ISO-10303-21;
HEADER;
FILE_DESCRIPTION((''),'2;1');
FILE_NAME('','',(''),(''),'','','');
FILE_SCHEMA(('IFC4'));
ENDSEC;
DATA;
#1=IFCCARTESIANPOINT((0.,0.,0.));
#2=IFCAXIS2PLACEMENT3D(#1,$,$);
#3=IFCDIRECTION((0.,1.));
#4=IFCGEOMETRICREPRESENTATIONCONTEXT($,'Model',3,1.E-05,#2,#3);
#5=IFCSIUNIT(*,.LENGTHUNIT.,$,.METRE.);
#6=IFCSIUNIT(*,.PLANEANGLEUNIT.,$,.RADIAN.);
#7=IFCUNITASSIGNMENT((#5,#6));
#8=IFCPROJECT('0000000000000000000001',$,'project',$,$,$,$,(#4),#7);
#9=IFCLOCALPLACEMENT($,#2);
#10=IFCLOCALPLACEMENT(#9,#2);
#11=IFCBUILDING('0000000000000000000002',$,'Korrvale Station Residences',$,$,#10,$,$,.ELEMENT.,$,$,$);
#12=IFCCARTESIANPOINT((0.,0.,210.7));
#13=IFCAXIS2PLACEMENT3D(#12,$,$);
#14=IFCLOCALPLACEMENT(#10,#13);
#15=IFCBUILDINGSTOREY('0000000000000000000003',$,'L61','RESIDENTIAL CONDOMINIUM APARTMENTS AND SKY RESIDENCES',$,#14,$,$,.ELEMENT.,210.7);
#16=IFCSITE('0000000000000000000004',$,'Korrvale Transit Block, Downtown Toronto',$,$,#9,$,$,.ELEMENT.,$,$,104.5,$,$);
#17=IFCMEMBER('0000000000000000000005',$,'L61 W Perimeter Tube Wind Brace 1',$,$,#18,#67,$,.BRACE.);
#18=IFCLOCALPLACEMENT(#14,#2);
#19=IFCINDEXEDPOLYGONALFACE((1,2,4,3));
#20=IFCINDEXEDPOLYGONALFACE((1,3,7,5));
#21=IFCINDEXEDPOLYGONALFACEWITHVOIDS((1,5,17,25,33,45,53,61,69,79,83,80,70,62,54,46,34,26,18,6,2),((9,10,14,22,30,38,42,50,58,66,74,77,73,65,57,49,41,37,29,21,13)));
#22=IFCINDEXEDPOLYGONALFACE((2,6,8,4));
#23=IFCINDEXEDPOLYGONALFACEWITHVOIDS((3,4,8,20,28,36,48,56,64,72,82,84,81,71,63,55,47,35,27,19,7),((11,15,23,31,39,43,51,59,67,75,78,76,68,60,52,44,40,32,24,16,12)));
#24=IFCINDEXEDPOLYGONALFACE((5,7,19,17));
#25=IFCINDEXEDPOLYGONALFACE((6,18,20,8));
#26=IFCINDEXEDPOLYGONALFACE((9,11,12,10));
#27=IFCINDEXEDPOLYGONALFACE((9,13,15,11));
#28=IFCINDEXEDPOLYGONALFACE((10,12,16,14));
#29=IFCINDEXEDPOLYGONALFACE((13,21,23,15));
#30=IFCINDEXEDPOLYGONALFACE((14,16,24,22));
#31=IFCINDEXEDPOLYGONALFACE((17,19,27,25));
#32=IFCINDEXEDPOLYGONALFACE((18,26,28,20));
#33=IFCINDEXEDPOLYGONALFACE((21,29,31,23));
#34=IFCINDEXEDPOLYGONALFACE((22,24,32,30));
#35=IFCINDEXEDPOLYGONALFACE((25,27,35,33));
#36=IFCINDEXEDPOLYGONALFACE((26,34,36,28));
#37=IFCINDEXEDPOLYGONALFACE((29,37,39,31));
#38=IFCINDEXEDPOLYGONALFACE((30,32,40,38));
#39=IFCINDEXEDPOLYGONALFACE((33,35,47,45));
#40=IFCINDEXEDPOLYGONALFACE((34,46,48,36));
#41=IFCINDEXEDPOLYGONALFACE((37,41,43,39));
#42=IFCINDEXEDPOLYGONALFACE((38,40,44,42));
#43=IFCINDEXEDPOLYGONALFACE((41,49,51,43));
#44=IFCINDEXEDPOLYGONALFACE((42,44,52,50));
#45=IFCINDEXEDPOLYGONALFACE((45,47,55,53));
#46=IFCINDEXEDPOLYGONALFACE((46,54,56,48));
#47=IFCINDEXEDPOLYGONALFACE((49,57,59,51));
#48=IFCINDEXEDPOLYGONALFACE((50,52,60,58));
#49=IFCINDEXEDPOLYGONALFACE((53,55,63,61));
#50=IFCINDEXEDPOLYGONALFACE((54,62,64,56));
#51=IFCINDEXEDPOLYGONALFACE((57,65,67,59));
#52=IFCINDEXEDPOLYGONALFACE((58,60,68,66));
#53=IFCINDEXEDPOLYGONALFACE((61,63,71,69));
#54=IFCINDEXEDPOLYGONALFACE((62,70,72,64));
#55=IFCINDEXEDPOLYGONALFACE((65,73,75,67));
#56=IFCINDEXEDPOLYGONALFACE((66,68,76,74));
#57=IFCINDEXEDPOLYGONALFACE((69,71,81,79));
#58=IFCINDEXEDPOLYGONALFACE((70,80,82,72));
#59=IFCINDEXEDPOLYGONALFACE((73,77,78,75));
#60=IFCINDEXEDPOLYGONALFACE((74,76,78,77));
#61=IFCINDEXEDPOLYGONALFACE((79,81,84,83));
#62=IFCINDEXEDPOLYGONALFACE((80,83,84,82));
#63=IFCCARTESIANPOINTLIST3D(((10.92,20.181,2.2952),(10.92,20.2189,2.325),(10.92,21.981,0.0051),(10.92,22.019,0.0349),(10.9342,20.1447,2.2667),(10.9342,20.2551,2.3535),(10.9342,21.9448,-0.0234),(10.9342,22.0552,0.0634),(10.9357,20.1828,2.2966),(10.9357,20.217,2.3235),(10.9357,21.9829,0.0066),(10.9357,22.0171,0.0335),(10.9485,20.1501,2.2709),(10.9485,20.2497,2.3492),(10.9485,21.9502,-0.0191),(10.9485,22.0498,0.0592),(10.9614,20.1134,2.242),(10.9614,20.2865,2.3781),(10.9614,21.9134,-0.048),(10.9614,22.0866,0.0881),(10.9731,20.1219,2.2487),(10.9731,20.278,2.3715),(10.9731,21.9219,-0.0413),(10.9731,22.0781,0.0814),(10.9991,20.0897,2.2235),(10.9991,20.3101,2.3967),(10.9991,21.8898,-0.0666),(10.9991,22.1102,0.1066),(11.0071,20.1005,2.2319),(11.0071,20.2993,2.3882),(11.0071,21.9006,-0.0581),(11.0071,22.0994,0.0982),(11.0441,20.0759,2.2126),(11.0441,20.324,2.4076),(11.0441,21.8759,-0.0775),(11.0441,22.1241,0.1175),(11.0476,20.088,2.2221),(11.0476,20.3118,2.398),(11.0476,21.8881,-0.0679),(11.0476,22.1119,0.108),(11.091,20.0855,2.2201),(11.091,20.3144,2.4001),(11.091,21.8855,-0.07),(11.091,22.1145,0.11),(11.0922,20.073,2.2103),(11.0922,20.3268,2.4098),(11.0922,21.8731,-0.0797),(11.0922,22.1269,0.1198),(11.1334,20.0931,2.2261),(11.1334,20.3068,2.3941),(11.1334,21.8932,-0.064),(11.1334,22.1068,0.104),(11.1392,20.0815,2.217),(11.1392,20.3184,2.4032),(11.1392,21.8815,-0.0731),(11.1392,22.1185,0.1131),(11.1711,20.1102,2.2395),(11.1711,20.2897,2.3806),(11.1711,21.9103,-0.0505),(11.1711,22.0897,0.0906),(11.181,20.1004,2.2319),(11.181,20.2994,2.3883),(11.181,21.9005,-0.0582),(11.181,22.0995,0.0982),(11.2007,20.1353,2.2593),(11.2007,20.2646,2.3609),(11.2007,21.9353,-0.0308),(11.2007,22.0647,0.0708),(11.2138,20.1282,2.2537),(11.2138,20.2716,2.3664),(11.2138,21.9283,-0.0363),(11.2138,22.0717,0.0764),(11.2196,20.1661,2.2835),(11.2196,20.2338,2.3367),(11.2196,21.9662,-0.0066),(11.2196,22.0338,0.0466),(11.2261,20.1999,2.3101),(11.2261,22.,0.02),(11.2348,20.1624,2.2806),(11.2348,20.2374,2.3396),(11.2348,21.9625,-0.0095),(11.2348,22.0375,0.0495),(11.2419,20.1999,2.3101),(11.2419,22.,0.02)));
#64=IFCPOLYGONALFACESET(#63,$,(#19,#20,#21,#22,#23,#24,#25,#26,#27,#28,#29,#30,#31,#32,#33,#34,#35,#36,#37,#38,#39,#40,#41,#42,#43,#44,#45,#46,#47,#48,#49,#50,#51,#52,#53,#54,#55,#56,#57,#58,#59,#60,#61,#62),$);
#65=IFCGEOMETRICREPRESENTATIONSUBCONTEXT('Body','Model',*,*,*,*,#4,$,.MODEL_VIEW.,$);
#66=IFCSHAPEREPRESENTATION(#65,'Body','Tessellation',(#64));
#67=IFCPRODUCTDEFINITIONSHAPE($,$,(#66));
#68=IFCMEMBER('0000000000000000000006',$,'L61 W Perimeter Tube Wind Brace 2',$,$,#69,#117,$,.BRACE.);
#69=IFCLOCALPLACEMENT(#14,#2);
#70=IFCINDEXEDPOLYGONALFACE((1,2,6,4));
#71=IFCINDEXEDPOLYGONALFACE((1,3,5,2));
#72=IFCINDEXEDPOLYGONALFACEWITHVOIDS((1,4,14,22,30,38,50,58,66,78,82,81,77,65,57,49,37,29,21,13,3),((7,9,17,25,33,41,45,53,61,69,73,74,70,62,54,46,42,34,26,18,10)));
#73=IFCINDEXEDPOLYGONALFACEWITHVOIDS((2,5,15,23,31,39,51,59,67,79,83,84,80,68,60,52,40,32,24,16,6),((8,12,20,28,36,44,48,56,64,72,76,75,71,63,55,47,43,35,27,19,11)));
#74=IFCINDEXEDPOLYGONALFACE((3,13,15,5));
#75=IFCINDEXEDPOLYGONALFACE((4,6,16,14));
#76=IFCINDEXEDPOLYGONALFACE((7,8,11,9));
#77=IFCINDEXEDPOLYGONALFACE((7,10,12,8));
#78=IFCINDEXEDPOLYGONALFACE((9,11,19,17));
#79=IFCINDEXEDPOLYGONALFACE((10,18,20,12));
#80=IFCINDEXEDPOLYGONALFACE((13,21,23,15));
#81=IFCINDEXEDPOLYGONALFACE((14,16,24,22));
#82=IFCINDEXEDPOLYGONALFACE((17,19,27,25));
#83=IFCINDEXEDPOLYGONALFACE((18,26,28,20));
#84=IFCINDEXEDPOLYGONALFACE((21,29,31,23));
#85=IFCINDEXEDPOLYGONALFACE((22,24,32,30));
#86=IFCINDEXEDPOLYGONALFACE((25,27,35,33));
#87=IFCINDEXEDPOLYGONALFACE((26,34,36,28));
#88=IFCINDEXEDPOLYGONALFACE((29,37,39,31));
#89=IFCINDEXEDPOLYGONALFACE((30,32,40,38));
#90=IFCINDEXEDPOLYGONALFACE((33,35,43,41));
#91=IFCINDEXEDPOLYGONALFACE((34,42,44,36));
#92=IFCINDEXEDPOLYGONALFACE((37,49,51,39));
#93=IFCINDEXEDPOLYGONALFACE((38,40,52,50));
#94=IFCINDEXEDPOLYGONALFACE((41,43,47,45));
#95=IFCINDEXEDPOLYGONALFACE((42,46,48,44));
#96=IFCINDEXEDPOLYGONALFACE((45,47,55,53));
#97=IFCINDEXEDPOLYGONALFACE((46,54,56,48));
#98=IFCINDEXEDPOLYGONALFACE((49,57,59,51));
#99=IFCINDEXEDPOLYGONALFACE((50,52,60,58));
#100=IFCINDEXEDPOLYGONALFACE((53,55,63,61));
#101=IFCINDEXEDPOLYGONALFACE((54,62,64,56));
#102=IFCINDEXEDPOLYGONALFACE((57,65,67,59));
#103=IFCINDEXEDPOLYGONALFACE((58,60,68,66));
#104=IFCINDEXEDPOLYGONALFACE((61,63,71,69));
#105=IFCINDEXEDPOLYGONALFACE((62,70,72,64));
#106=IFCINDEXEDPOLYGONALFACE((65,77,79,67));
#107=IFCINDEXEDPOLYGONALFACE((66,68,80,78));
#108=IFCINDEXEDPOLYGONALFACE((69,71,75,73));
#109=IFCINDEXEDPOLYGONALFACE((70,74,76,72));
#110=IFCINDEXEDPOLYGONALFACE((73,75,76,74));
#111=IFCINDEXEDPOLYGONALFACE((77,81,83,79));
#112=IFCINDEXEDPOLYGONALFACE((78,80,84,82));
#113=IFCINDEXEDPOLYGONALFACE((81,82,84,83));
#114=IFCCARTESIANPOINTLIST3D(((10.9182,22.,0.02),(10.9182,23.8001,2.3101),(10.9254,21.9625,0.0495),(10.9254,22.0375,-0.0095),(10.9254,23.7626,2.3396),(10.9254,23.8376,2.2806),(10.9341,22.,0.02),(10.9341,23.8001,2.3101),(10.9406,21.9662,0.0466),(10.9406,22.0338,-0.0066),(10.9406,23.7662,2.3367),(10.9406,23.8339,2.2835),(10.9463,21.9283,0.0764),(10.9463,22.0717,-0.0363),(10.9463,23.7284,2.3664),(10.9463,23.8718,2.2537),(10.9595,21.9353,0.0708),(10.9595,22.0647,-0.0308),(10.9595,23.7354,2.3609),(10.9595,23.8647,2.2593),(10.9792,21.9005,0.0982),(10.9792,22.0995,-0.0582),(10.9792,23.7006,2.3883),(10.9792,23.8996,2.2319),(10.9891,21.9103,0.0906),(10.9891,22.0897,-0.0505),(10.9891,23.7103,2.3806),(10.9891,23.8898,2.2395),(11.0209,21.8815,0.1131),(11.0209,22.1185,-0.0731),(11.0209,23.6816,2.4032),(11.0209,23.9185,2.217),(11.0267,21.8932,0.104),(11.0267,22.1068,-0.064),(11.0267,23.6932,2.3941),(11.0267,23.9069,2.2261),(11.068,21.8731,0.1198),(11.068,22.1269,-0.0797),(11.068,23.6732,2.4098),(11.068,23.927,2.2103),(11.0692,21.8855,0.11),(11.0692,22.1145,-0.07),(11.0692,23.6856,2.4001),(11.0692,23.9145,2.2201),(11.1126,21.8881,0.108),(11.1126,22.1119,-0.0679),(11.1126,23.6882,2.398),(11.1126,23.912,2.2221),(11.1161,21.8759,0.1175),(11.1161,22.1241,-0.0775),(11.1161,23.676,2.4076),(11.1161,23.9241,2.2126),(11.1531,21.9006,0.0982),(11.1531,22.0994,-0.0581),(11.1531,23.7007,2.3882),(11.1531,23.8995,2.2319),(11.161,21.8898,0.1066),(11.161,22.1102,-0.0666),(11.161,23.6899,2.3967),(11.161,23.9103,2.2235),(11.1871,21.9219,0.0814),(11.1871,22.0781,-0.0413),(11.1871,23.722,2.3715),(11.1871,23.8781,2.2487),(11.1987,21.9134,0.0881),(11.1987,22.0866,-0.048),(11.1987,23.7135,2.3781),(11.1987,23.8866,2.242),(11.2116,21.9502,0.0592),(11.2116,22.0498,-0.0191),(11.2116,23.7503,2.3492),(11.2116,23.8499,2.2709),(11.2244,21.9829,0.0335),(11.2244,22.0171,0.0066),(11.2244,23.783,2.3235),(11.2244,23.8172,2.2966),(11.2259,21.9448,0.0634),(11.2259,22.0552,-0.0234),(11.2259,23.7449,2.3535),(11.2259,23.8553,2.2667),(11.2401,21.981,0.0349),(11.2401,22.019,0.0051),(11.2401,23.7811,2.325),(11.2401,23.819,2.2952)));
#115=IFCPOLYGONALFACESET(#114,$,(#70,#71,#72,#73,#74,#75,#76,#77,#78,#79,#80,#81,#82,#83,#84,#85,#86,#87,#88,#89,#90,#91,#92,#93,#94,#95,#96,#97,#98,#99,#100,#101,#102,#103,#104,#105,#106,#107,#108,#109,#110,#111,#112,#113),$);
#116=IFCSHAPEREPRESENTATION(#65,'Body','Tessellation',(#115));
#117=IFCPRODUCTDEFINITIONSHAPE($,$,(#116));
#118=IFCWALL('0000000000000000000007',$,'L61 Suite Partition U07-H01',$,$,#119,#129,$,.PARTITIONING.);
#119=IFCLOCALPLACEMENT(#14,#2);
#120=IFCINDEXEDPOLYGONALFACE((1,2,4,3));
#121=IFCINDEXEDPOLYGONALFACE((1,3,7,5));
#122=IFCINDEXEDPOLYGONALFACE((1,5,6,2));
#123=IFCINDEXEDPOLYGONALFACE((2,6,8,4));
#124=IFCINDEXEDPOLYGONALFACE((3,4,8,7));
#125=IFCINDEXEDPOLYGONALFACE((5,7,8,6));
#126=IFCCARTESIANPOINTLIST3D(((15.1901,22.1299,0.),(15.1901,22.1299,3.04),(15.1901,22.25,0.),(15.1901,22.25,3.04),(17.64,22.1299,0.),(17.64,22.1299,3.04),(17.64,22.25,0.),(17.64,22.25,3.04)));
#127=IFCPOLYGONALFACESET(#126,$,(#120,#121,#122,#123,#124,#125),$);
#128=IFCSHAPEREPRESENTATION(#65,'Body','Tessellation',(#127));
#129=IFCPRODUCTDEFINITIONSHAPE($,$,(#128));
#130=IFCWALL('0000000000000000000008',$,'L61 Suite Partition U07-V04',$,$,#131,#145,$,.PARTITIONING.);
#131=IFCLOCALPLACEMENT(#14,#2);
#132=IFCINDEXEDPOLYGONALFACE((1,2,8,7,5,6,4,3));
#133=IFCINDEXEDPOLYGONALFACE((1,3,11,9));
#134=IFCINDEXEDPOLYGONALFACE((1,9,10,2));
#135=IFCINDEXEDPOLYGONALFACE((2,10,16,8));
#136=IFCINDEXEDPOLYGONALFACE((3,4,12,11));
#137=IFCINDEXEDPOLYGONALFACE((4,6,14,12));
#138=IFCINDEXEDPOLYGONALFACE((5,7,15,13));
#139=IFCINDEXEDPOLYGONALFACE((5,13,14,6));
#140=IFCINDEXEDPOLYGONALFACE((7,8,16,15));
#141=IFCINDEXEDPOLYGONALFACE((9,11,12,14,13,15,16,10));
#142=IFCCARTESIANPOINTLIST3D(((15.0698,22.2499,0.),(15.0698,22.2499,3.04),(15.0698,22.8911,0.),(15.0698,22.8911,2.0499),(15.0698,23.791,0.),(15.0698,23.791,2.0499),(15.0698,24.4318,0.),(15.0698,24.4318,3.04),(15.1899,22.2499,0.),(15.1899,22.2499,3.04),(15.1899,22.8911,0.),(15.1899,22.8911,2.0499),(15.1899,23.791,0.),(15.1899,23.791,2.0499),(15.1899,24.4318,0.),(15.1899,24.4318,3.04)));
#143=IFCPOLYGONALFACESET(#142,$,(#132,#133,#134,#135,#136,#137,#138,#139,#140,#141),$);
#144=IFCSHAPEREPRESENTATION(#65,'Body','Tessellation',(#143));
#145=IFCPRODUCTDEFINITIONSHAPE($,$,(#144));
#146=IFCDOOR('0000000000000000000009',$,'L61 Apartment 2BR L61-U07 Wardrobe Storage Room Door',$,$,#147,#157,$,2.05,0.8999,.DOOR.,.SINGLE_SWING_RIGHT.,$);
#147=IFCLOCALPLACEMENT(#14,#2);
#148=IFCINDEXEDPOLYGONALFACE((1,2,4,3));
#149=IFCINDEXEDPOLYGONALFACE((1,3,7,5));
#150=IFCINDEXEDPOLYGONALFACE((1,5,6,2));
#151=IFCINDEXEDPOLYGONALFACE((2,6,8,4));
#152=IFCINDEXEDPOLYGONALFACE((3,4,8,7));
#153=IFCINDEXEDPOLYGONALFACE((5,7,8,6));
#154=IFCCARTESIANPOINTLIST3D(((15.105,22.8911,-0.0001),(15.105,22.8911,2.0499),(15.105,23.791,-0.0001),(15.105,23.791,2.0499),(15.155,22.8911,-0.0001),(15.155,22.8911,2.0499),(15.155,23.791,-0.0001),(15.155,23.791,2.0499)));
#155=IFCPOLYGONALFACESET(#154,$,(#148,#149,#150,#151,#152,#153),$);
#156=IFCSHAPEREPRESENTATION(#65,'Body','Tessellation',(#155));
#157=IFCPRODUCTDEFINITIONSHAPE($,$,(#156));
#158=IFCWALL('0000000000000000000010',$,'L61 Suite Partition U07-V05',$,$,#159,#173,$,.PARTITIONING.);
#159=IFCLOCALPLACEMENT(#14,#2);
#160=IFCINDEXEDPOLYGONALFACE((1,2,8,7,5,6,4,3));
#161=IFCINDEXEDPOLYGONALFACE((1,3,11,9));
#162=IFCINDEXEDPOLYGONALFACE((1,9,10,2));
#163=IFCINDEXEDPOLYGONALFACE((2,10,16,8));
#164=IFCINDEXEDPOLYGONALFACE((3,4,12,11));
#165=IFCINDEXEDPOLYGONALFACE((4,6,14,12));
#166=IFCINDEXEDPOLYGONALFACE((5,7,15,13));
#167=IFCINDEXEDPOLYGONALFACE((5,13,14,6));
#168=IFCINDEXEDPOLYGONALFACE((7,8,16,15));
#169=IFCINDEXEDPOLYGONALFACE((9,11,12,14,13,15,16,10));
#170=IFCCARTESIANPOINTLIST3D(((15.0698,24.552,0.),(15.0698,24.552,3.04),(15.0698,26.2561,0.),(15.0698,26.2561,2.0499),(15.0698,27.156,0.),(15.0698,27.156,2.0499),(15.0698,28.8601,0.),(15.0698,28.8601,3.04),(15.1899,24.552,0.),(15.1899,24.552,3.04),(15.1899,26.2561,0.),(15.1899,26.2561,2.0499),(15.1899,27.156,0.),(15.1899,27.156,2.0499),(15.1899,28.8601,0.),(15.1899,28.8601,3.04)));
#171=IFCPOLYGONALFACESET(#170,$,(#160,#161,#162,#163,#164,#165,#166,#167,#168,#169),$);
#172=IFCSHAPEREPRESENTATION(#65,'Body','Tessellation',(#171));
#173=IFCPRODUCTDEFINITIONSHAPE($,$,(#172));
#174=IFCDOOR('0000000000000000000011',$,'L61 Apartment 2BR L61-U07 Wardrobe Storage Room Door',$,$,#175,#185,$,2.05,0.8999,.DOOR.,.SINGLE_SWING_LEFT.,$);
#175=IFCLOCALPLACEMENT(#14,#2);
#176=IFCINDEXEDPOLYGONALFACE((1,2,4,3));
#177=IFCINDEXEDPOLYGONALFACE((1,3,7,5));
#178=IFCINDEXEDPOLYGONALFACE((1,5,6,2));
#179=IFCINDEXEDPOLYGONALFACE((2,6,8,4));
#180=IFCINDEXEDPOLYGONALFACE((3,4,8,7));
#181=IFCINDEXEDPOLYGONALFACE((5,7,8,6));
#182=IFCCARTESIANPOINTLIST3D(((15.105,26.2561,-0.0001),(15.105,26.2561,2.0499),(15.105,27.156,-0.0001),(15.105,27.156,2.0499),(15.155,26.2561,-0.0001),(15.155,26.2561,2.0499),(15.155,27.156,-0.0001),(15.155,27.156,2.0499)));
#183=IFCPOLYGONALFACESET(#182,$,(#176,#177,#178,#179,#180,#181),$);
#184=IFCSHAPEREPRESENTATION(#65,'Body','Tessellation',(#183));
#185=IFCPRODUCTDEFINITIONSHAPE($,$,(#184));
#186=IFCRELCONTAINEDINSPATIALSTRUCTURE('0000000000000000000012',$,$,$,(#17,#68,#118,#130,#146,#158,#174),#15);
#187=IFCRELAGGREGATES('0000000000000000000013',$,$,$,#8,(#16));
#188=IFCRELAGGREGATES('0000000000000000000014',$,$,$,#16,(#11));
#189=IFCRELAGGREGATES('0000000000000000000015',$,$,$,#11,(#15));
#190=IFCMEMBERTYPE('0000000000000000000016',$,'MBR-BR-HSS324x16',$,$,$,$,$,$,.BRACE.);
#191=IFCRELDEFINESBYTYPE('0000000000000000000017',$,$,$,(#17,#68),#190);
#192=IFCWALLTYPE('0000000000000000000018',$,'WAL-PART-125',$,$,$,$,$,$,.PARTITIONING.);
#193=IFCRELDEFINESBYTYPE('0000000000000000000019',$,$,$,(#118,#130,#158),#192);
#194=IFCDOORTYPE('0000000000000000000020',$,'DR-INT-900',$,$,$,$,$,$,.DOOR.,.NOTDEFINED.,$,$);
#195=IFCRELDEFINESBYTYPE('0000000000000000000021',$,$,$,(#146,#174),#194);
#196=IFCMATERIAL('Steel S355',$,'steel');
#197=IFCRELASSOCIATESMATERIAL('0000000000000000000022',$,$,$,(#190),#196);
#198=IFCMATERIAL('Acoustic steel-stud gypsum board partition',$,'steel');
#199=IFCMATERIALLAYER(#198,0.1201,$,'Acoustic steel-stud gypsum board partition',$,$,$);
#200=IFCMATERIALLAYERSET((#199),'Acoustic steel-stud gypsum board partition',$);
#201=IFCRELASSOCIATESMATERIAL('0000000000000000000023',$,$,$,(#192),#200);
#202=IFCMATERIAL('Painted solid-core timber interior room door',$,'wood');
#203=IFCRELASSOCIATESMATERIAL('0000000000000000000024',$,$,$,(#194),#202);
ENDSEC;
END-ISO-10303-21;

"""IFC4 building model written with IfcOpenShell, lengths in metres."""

from ifc_helpers import new_model, si_unit, direction, frame, frame_2d, origin, origin_2d, place, context, subcontext, project, spatial, rectangle, hollow_circle, extrude, material, layer, layer_set, material_profile, profile_set, type_object, element, fill, save


model = new_model("IFC4")

# Units and contexts
model_context = context("Model", 3, precision=1e-05, world=origin(), true_north=direction((0.0, 1.0)))
body_context = subcontext(model_context, "Body", "Model", "MODEL_VIEW")
ifc_project = project(units=[si_unit("LENGTHUNIT", "METRE"), si_unit("PLANEANGLEUNIT", "RADIAN")], contexts=[model_context])

# Site, building, storey
site_placement = place(None, origin())
site = spatial("IfcSite", under=ifc_project, at=site_placement, Name="Korrvale Transit Block, Downtown Toronto", CompositionType="ELEMENT", RefElevation=104.5)
building_placement = place(site_placement, origin())
building = spatial("IfcBuilding", under=site, at=building_placement, Name="Korrvale Station Residences", CompositionType="ELEMENT")
storey_placement = place(building_placement, frame((0.0, 0.0, 210.7)))
storey = spatial("IfcBuildingStorey", under=building, at=storey_placement, Name="L61", Description="RESIDENTIAL CONDOMINIUM APARTMENTS AND SKY RESIDENCES", CompositionType="ELEMENT", Elevation=210.7)

# Shared definitions
ifc_material_1 = material(Name="Steel S355", Category="steel")

# Members
ifc_material_profile_1 = material_profile(ifc_material_1, hollow_circle(Radius=0.1619, WallThickness=0.0159, at=origin_2d()), Name="HSS324x16")
ifc_profile_set_1 = profile_set([ifc_material_profile_1], Name="Steel S355")
member_type = type_object("IfcMemberType", Name="MBR-BR-HSS324x16", PredefinedType="BRACE", material=ifc_profile_set_1)
for number, where, z_axis, x_axis, name in (
    (1, (11.0801, 22.0, 0.02), (0.0, -0.617977, 0.786196), (1.0, 0.0, 0.0), "L61 W Perimeter Tube Wind Brace 1"),
    (2, (11.0801, 22.0, 0.02), (0.0, 0.617977, 0.786196), (-1.0, 0.0, 0.0), "L61 W Perimeter Tube Wind Brace 2"),
):
    element("IfcMember", number, at=place(storey_placement, frame(where, z_axis=z_axis, x_axis=x_axis)), inside=storey, type_object=member_type, Name=name, PredefinedType="BRACE", context=body_context, shape_type="SweptSolid", body=[
        extrude(hollow_circle(Radius=0.1619, WallThickness=0.0159, at=origin_2d()), origin(), (0.0, 0.0, 1.0), 2.9128),
    ])

# Wall
ifc_material_2 = material(Name="Acoustic steel-stud gypsum board partition", Category="steel")
ifc_layer_1 = layer(ifc_material_2, 0.1201, Name="Acoustic steel-stud gypsum board partition")
ifc_layer_set_1 = layer_set([ifc_layer_1], Name="Acoustic steel-stud gypsum board partition")
wall_type_1 = type_object("IfcWallType", Name="WAL-PART-125", PredefinedType="PARTITIONING", material=ifc_layer_set_1)
wall_1_placement = place(storey_placement, frame((15.1899, 22.1899, 0.0), z_axis=(0.0, 0.0, 1.0), x_axis=(1.0, 0.0, 0.0)))
element("IfcWall", 3, at=wall_1_placement, inside=storey, type_object=wall_type_1, Name="L61 Suite Partition U07-H01", PredefinedType="PARTITIONING", context=body_context, shape_type="SweptSolid", body=[
    extrude(rectangle(XDim=2.45, YDim=0.1201, at=frame_2d((1.2251, 0.0))), origin(), (0.0, 0.0, 1.0), 3.04),
])

# Walls, openings, doors
wall_2_placement = place(storey_placement, frame((15.1299, 22.25, 0.0), z_axis=(0.0, 0.0, 1.0), x_axis=(0.0, 1.0, 0.0)))
wall_2 = element("IfcWall", 4, at=wall_2_placement, inside=storey, type_object=wall_type_1, Name="L61 Suite Partition U07-V04", PredefinedType="PARTITIONING", context=body_context, shape_type="SweptSolid", body=[
    extrude(rectangle(XDim=2.1819, YDim=0.1201, at=frame_2d((1.0908, 0.0))), origin(), (0.0, 0.0, 1.0), 3.04),
])
opening_1_placement = place(wall_2_placement, frame((0.6411, 0.0, 0.0)))
opening_1 = element("IfcOpeningElement", 5, at=opening_1_placement, cuts=wall_2, PredefinedType="OPENING", context=body_context, shape_type="SweptSolid", body=[
    extrude(rectangle(XDim=0.8999, YDim=2.05, at=frame_2d((0.45, 1.0249))), frame((0.0, 0.0701, 0.0), z_axis=(0.0, -1.0, 0.0), x_axis=(1.0, 0.0, 0.0)), (0.0, 0.0, 1.0), 0.1401),
])
ifc_material_3 = material(Name="Painted solid-core timber interior room door", Category="wood")
door_type = type_object("IfcDoorType", Name="DR-INT-900", OperationType="NOTDEFINED", PredefinedType="DOOR", material=ifc_material_3)
door_1_placement = place(opening_1_placement, origin())
door_1 = element("IfcDoor", 6, at=door_1_placement, inside=storey, type_object=door_type, Name="L61 Apartment 2BR L61-U07 Wardrobe Storage Room Door", OperationType="SINGLE_SWING_RIGHT", OverallHeight=2.05, OverallWidth=0.8999, PredefinedType="DOOR", context=body_context, shape_type="SweptSolid", body=[
    extrude(rectangle(XDim=0.8999, YDim=2.05, at=frame_2d((0.45, 1.0249))), frame((0.0, 0.0249, 0.0), z_axis=(0.0, -1.0, 0.0), x_axis=(1.0, 0.0, 0.0)), (0.0, 0.0, 1.0), 0.05),
])
fill(opening_1, door_1)
wall_3_placement = place(storey_placement, frame((15.1299, 24.552, 0.0), z_axis=(0.0, 0.0, 1.0), x_axis=(0.0, 1.0, 0.0)))
wall_3 = element("IfcWall", 7, at=wall_3_placement, inside=storey, type_object=wall_type_1, Name="L61 Suite Partition U07-V05", PredefinedType="PARTITIONING", context=body_context, shape_type="SweptSolid", body=[
    extrude(rectangle(XDim=4.3081, YDim=0.1201, at=frame_2d((2.1541, 0.0))), origin(), (0.0, 0.0, 1.0), 3.04),
])
opening_2_placement = place(wall_3_placement, frame((1.7041, 0.0, 0.0)))
opening_2 = element("IfcOpeningElement", 8, at=opening_2_placement, cuts=wall_3, PredefinedType="OPENING", context=body_context, shape_type="SweptSolid", body=[
    extrude(rectangle(XDim=0.8999, YDim=2.05, at=frame_2d((0.45, 1.0249))), frame((0.0, 0.0701, 0.0), z_axis=(0.0, -1.0, 0.0), x_axis=(1.0, 0.0, 0.0)), (0.0, 0.0, 1.0), 0.1401),
])
door_2_placement = place(opening_2_placement, origin())
door_2 = element("IfcDoor", 9, at=door_2_placement, inside=storey, type_object=door_type, Name="L61 Apartment 2BR L61-U07 Wardrobe Storage Room Door", OperationType="SINGLE_SWING_LEFT", OverallHeight=2.05, OverallWidth=0.8999, PredefinedType="DOOR", context=body_context, shape_type="SweptSolid", body=[
    extrude(rectangle(XDim=0.8999, YDim=2.05, at=frame_2d((0.45, 1.0249))), frame((0.0, 0.0249, 0.0), z_axis=(0.0, -1.0, 0.0), x_axis=(1.0, 0.0, 0.0)), (0.0, 0.0, 1.0), 0.05),
])
fill(opening_2, door_2)

save(model, "model.ifc")
